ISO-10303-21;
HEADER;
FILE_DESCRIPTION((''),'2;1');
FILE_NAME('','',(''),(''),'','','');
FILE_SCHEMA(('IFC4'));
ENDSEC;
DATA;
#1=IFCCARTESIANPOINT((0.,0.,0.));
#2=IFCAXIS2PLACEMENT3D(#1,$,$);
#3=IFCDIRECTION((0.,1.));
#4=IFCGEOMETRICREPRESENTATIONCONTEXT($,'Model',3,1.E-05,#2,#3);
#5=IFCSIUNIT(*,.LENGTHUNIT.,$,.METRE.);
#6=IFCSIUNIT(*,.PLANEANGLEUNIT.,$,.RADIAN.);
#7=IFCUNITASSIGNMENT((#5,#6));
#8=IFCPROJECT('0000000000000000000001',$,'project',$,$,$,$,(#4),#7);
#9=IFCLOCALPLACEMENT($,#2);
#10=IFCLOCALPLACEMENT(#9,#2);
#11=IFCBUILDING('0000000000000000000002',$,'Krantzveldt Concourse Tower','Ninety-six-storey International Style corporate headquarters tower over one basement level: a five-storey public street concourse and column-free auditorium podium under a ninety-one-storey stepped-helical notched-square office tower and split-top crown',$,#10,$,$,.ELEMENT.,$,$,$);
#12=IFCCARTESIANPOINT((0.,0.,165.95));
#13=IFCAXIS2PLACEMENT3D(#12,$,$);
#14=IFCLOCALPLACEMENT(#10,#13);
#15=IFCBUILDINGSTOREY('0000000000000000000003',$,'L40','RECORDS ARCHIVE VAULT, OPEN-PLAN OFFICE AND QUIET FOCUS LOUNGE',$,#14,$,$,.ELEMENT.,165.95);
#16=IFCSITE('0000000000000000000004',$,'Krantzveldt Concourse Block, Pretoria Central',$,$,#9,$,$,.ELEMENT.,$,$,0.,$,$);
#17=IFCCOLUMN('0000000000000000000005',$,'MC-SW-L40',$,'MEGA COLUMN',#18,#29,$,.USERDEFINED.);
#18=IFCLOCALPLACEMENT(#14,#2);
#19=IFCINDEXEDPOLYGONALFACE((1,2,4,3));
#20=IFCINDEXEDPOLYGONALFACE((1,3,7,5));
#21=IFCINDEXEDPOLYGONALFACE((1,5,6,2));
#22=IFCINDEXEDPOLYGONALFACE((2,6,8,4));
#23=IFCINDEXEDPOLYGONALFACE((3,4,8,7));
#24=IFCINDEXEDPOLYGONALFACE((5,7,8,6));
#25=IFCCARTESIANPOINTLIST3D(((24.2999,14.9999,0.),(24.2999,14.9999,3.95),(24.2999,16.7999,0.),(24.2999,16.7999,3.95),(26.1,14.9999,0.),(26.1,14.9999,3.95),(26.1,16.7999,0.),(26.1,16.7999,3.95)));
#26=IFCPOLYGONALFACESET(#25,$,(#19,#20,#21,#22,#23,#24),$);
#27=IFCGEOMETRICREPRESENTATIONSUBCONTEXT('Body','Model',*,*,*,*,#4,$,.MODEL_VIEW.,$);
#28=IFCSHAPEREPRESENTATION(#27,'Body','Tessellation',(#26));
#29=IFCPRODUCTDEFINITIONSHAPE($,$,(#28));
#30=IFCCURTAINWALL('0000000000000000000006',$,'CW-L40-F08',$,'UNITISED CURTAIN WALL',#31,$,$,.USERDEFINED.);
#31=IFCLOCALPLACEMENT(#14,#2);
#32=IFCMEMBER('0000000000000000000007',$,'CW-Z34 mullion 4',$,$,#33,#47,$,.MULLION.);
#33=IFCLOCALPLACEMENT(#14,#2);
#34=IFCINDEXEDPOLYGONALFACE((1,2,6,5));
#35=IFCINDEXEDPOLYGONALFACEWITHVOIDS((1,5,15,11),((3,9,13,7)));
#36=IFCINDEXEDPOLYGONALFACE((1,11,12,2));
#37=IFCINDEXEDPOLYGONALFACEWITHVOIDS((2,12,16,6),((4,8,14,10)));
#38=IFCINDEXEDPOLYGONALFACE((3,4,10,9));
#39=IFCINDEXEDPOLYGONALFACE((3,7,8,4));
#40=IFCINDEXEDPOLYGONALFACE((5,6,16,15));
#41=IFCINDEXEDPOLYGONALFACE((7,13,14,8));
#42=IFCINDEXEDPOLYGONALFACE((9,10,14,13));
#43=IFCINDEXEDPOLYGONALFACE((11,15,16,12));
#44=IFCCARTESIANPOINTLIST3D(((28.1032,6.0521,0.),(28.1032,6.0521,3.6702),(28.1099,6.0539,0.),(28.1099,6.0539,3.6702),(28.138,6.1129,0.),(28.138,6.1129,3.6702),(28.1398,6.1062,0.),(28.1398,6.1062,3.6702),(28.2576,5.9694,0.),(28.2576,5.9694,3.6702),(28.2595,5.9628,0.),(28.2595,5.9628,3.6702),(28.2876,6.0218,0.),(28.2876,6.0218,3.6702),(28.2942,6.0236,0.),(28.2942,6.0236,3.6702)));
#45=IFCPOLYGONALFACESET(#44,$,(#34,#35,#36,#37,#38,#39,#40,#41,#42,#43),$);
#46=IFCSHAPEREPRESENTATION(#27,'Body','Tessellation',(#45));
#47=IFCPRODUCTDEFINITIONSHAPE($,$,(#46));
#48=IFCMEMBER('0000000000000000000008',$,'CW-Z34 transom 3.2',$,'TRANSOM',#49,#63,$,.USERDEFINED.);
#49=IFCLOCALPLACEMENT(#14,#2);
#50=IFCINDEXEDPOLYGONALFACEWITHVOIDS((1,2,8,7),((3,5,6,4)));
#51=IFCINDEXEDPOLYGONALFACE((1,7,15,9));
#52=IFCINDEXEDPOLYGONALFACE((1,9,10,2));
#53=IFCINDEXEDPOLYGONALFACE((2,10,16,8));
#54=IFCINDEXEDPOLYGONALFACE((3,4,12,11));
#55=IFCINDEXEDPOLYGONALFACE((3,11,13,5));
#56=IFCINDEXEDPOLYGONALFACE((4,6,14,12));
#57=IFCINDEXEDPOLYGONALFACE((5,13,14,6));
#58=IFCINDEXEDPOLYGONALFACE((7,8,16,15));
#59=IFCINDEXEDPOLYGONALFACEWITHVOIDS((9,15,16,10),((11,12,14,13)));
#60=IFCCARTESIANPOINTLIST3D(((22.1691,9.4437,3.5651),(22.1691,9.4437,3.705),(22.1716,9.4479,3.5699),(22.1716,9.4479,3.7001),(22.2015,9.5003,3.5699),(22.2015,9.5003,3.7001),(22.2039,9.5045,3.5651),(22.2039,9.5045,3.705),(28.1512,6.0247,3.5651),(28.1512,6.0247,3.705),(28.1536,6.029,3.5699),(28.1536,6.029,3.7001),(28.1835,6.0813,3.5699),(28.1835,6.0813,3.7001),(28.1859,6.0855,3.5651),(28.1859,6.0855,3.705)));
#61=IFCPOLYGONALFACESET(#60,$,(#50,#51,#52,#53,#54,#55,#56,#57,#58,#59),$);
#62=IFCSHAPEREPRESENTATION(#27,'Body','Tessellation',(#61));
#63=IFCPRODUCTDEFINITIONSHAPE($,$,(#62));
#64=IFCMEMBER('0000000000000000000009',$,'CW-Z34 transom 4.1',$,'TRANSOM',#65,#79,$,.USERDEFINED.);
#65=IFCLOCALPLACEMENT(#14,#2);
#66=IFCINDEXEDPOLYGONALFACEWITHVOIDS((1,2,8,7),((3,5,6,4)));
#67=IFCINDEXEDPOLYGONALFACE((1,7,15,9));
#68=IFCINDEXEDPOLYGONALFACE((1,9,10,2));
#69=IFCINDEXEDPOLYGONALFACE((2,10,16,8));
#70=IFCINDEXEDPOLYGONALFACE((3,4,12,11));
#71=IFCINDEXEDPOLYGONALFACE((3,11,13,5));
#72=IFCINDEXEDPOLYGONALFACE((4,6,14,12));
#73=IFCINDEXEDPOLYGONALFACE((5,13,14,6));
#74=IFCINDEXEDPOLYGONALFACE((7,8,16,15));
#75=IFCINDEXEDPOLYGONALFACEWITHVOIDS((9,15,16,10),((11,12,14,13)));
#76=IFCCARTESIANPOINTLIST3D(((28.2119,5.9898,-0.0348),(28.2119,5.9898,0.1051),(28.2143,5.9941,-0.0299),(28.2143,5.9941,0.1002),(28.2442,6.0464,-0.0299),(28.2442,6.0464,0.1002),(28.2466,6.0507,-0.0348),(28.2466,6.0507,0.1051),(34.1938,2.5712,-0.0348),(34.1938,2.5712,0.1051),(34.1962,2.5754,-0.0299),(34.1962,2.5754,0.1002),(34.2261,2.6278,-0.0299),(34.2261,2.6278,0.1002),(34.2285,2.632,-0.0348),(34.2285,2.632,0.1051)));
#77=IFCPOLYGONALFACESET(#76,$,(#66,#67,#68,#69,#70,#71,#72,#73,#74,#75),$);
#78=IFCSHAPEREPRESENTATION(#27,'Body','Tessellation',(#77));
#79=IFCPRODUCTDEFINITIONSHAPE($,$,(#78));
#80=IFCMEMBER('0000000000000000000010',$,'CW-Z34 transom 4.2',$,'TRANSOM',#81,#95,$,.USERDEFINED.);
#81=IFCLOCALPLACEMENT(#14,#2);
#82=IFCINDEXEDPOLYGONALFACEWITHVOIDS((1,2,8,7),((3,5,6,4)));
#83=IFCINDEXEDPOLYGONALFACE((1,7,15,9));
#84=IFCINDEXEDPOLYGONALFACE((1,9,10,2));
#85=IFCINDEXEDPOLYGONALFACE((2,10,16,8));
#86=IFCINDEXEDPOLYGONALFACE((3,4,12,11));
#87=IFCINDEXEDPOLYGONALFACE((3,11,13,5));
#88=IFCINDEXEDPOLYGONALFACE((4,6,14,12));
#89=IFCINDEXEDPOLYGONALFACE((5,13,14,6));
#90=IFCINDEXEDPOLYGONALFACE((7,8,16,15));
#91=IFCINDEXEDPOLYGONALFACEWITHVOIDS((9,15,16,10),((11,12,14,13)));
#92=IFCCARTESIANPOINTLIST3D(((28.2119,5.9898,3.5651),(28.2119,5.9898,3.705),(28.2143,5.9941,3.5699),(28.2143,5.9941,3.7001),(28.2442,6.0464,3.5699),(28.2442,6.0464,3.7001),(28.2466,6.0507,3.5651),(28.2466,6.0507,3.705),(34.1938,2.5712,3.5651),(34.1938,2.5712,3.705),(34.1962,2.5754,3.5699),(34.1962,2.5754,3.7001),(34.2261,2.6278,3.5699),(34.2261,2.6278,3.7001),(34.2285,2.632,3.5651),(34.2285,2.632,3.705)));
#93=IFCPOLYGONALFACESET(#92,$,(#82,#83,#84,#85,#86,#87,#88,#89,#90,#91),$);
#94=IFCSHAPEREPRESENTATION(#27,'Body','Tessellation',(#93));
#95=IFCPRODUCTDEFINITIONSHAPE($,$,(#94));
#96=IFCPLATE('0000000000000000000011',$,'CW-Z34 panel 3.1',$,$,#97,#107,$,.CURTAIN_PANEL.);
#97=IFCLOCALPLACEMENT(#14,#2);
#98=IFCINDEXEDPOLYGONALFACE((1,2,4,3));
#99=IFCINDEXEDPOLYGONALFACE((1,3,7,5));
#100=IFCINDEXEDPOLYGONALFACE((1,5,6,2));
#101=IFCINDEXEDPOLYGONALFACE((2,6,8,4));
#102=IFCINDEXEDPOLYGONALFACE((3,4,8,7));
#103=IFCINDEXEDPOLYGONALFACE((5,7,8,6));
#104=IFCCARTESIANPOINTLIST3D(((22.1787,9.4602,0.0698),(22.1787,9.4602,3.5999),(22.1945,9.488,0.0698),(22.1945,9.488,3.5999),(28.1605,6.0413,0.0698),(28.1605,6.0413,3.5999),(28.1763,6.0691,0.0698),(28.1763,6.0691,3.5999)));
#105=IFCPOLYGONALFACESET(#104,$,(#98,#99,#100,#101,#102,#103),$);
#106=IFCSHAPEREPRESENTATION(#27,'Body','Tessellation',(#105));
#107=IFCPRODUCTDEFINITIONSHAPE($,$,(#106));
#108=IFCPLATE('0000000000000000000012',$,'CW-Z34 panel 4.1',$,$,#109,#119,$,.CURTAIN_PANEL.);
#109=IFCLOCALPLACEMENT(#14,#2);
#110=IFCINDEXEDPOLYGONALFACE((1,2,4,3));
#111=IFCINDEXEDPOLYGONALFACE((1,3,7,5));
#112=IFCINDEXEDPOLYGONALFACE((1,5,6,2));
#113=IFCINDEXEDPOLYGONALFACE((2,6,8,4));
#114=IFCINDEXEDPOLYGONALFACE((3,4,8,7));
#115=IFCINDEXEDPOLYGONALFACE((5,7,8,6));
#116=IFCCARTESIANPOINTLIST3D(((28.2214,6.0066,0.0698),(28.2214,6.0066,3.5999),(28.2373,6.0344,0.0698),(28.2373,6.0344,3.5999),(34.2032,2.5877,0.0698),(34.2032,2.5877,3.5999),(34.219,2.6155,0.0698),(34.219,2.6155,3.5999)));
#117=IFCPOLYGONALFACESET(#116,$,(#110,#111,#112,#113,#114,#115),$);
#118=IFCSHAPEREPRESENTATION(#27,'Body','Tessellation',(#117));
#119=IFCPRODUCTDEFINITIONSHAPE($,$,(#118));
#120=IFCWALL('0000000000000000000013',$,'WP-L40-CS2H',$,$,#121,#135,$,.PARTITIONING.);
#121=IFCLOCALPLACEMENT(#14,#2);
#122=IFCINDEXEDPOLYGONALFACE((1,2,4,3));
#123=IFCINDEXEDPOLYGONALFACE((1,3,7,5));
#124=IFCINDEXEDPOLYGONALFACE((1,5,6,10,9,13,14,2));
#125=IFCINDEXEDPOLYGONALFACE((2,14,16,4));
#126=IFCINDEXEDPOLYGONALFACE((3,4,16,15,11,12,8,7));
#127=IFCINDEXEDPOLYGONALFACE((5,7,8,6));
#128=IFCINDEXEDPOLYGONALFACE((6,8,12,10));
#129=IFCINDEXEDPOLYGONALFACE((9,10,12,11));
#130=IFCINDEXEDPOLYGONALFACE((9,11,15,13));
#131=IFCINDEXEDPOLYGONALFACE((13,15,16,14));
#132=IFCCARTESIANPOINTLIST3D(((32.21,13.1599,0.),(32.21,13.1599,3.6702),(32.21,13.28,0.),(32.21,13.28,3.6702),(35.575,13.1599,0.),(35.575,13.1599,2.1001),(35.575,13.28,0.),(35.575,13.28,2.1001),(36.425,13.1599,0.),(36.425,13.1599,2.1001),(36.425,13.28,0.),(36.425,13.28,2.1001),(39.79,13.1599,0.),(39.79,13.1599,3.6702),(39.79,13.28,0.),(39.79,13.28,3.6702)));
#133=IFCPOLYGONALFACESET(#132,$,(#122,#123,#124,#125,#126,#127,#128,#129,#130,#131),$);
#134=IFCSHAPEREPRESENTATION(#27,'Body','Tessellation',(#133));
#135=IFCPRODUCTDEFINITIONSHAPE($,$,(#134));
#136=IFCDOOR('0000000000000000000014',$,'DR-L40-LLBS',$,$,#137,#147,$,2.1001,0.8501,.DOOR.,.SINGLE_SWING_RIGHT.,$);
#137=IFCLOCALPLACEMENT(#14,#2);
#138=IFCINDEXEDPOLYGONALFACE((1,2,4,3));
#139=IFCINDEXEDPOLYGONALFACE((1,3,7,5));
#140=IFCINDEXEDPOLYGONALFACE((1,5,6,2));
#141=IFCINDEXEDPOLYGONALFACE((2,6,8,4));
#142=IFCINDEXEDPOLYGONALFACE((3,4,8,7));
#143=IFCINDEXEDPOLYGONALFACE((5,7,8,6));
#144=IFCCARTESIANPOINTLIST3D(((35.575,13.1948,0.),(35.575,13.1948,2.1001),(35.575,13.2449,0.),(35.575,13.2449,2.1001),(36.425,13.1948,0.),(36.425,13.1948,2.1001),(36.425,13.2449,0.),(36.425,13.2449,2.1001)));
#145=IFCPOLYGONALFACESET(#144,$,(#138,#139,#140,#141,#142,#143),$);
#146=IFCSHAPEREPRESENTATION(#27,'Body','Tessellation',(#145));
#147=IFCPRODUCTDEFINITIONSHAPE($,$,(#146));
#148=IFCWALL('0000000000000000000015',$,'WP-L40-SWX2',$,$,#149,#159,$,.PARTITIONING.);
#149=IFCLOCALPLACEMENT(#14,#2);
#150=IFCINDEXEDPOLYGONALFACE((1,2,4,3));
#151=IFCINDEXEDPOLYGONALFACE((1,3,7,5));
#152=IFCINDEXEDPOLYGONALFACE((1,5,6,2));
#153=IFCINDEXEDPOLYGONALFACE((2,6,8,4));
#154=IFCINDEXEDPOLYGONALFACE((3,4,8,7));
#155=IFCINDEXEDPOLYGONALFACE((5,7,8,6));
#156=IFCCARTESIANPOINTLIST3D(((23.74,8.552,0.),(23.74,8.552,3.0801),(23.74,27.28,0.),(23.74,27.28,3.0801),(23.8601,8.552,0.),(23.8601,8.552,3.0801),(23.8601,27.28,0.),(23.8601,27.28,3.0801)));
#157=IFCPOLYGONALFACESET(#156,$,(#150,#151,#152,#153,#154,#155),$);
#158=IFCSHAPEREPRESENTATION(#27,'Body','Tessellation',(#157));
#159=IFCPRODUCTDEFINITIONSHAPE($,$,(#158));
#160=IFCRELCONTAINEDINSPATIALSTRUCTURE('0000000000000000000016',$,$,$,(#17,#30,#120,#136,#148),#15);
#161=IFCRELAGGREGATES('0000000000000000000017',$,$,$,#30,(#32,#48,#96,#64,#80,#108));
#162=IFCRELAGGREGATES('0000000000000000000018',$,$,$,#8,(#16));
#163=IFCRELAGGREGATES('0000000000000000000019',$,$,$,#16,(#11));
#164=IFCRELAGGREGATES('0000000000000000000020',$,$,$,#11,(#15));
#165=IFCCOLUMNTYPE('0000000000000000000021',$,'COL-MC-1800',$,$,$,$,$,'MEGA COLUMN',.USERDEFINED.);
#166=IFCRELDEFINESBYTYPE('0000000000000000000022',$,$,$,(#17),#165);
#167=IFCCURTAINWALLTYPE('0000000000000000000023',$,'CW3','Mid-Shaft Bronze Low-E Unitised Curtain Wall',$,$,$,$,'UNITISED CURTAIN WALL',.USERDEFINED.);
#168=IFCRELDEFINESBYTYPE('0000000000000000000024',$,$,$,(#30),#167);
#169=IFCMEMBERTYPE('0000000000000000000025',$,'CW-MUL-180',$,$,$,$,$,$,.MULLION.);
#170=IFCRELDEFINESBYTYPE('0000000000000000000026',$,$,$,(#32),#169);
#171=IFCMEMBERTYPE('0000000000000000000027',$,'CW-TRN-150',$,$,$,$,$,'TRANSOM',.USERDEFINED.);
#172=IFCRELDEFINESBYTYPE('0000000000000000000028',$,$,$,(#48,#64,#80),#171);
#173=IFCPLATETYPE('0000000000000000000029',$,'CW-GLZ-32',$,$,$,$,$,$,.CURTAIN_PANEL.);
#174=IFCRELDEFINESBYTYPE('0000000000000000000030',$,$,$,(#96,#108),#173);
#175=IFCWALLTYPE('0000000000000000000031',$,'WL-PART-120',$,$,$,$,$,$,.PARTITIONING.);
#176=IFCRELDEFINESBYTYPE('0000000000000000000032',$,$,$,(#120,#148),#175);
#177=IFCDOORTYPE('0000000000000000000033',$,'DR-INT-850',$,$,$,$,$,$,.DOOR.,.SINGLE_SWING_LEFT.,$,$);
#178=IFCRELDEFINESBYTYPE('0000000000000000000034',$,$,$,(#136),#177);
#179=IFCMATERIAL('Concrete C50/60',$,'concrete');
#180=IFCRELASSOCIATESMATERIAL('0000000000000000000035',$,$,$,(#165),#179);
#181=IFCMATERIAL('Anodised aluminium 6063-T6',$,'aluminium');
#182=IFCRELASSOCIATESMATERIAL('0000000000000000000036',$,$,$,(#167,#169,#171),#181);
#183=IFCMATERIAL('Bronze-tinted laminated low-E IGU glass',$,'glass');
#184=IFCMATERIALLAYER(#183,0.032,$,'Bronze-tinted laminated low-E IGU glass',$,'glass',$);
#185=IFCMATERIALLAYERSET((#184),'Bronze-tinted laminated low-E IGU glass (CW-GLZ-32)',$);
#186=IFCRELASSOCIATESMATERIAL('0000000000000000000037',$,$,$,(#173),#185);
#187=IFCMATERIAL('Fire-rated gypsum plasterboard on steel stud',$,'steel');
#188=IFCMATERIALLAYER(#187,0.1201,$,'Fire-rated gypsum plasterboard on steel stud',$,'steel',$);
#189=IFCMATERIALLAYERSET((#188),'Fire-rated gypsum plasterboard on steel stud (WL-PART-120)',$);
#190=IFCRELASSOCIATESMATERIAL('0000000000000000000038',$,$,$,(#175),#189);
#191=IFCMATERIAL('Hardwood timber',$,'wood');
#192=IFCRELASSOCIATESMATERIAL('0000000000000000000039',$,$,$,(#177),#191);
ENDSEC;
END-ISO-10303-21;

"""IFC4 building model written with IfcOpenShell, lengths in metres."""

from ifc_helpers import new_model, si_unit, direction, frame, frame_2d, origin, origin_2d, place, context, subcontext, project, spatial, rectangle, hollow_rectangle, extrude, source, transform, mapped, material, layer, layer_set, material_profile, profile_set, type_object, type_shapes, element, fill, aggregate, save


model = new_model("IFC4")

# Units and contexts
model_context = context("Model", 3, precision=1e-05, world=origin(), true_north=direction((0.0, 1.0)))
body_context = subcontext(model_context, "Body", "Model", "MODEL_VIEW")
ifc_project = project(units=[si_unit("LENGTHUNIT", "METRE"), si_unit("PLANEANGLEUNIT", "RADIAN")], contexts=[model_context])

# Site, building, storey
site_placement = place(None, origin())
site = spatial("IfcSite", under=ifc_project, at=site_placement, Name="Krantzveldt Concourse Block, Pretoria Central", CompositionType="ELEMENT", RefElevation=0.0)
building_placement = place(site_placement, origin())
building = spatial("IfcBuilding", under=site, at=building_placement, Name="Krantzveldt Concourse Tower", Description="Ninety-six-storey International Style corporate headquarters tower over one basement level: a five-storey public street concourse and column-free auditorium podium under a ninety-one-storey stepped-helical notched-square office tower and split-top crown", CompositionType="ELEMENT")
storey_placement = place(building_placement, frame((0.0, 0.0, 165.95)))
storey = spatial("IfcBuildingStorey", under=building, at=storey_placement, Name="L40", Description="RECORDS ARCHIVE VAULT, OPEN-PLAN OFFICE AND QUIET FOCUS LOUNGE", CompositionType="ELEMENT", Elevation=165.95)

# Column
ifc_material_1 = material(Name="Concrete C50/60", Category="concrete")
ifc_material_profile_1 = material_profile(ifc_material_1, rectangle(XDim=1.8, YDim=1.8, at=origin_2d()), Name="Concrete C50/60", Category="concrete")
ifc_profile_set_1 = profile_set([ifc_material_profile_1], Name="Concrete C50/60 - RC 1800x1800")
column_type = type_object("IfcColumnType", Name="COL-MC-1800", ElementType="MEGA COLUMN", PredefinedType="USERDEFINED", material=ifc_profile_set_1)
shared_shape_1 = source(origin(), body_context, "Body", "SweptSolid", [
    extrude(rectangle(XDim=1.8, YDim=1.8, at=origin_2d()), origin(), (0.0, 0.0, 1.0), 3.95),
])
type_shapes(column_type, [shared_shape_1])
column_placement = place(storey_placement, frame((25.2, 15.8999, 0.0), z_axis=(0.0, 0.0, 1.0), x_axis=(1.0, 0.0, 0.0)))
element("IfcColumn", 1, at=column_placement, inside=storey, type_object=column_type, Name="MC-SW-L40", ObjectType="MEGA COLUMN", PredefinedType="USERDEFINED", context=body_context, shape_type="MappedRepresentation", body=[
    mapped(shared_shape_1, transform((0.0, 0.0, 0.0), x_axis=(1.0, 0.0, 0.0), y_axis=(0.0, 1.0, 0.0), z_axis=(0.0, 0.0, 1.0), scale=1.0)),
])

# Curtain wall, members, plates
ifc_material_2 = material(Name="Anodised aluminium 6063-T6", Category="aluminium")
curtain_wall_type = type_object("IfcCurtainWallType", Name="CW3", Description="Mid-Shaft Bronze Low-E Unitised Curtain Wall", ElementType="UNITISED CURTAIN WALL", PredefinedType="USERDEFINED", material=ifc_material_2)
curtain_wall_placement = place(storey_placement, origin())
curtain_wall = element("IfcCurtainWall", 2, at=curtain_wall_placement, inside=storey, type_object=curtain_wall_type, Name="CW-L40-F08", ObjectType="UNITISED CURTAIN WALL", PredefinedType="USERDEFINED")
ifc_material_profile_2 = material_profile(ifc_material_2, hollow_rectangle(XDim=0.0701, YDim=0.1799, WallThickness=0.0049, at=origin_2d()), Name="Anodised aluminium 6063-T6", Category="aluminium")
ifc_profile_set_2 = profile_set([ifc_material_profile_2], Name="Anodised aluminium 6063-T6 - ALU-MULL 180x70x5")
member_type_1 = type_object("IfcMemberType", Name="CW-MUL-180", PredefinedType="MULLION", material=ifc_profile_set_2)
shared_shape_2 = source(origin(), body_context, "Body", "SweptSolid", [
    extrude(hollow_rectangle(XDim=0.0701, YDim=0.1799, WallThickness=0.0049, at=origin_2d()), origin(), (0.0, 0.0, 1.0), 3.6702),
])
type_shapes(member_type_1, [shared_shape_2])
member_1_placement = place(storey_placement, frame((28.1987, 6.0378, 0.0), z_axis=(0.0, 0.0, 1.0), x_axis=(0.496216, 0.868199, 0.0)))
member_1 = element("IfcMember", 3, at=member_1_placement, type_object=member_type_1, Name="CW-Z34 mullion 4", PredefinedType="MULLION", context=body_context, shape_type="MappedRepresentation", body=[
    mapped(shared_shape_2, transform((0.0, 0.0, 0.0), x_axis=(1.0, 0.0, 0.0), y_axis=(0.0, 1.0, 0.0), z_axis=(0.0, 0.0, 1.0), scale=1.0)),
])
ifc_material_profile_3 = material_profile(ifc_material_2, hollow_rectangle(XDim=0.0701, YDim=0.1399, WallThickness=0.0049, at=origin_2d()), Name="Anodised aluminium 6063-T6", Category="aluminium")
ifc_profile_set_3 = profile_set([ifc_material_profile_3], Name="Anodised aluminium 6063-T6 - ALU-TRAN 140x70x5")
member_type_2 = type_object("IfcMemberType", Name="CW-TRN-150", ElementType="TRANSOM", PredefinedType="USERDEFINED", material=ifc_profile_set_3)
shared_shape_3 = source(origin(), body_context, "Body", "SweptSolid", [
    extrude(hollow_rectangle(XDim=0.0701, YDim=0.1399, WallThickness=0.0049, at=origin_2d()), origin(), (0.0, 0.0, 1.0), 6.8901),
])
member_2_placement = place(storey_placement, frame((22.1865, 9.4741, 3.635), z_axis=(0.8682, -0.496215, 0.0), x_axis=(0.496215, 0.8682, 0.0)))
member_2 = element("IfcMember", 4, at=member_2_placement, type_object=member_type_2, Name="CW-Z34 transom 3.2", ObjectType="TRANSOM", PredefinedType="USERDEFINED", context=body_context, shape_type="MappedRepresentation", body=[
    mapped(shared_shape_3, transform((0.0, 0.0, 0.0), x_axis=(1.0, 0.0, 0.0), y_axis=(0.0, 1.0, 0.0), z_axis=(0.0, 0.0, 1.0), scale=1.0)),
])
shared_shape_4 = source(origin(), body_context, "Body", "SweptSolid", [
    extrude(hollow_rectangle(XDim=0.0701, YDim=0.1399, WallThickness=0.0049, at=origin_2d()), origin(), (0.0, 0.0, 1.0), 6.8899),
])
type_shapes(member_type_2, [shared_shape_3, shared_shape_4])
member_3_placement = place(storey_placement, frame((28.2292, 6.0203, 0.0352), z_axis=(0.868215, -0.496189, 0.0), x_axis=(0.496189, 0.868215, 0.0)))
member_3 = element("IfcMember", 5, at=member_3_placement, type_object=member_type_2, Name="CW-Z34 transom 4.1", ObjectType="TRANSOM", PredefinedType="USERDEFINED", context=body_context, shape_type="MappedRepresentation", body=[
    mapped(shared_shape_4, transform((0.0, 0.0, 0.0), x_axis=(1.0, 0.0, 0.0), y_axis=(0.0, 1.0, 0.0), z_axis=(0.0, 0.0, 1.0), scale=1.0)),
])
member_4_placement = place(storey_placement, frame((28.2292, 6.0203, 3.635), z_axis=(0.868215, -0.496189, 0.0), x_axis=(0.496189, 0.868215, 0.0)))
member_4 = element("IfcMember", 6, at=member_4_placement, type_object=member_type_2, Name="CW-Z34 transom 4.2", ObjectType="TRANSOM", PredefinedType="USERDEFINED", context=body_context, shape_type="MappedRepresentation", body=[
    mapped(shared_shape_4, transform((0.0, 0.0, 0.0), x_axis=(1.0, 0.0, 0.0), y_axis=(0.0, 1.0, 0.0), z_axis=(0.0, 0.0, 1.0), scale=1.0)),
])
ifc_material_3 = material(Name="Bronze-tinted laminated low-E IGU glass", Category="glass")
ifc_layer_1 = layer(ifc_material_3, 0.032, Name="Bronze-tinted laminated low-E IGU glass", Category="glass")
ifc_layer_set_1 = layer_set([ifc_layer_1], Name="Bronze-tinted laminated low-E IGU glass (CW-GLZ-32)")
plate_type = type_object("IfcPlateType", Name="CW-GLZ-32", PredefinedType="CURTAIN_PANEL", material=ifc_layer_set_1)
shared_shape_5 = source(origin(), body_context, "Body", "SweptSolid", [
    extrude(rectangle(XDim=6.8899, YDim=0.032, at=origin_2d()), origin(), (0.0, 0.0, 1.0), 3.53),
])
type_shapes(plate_type, [shared_shape_5])
plate_1_placement = place(storey_placement, frame((25.1775, 7.7646, 0.0698), z_axis=(0.0, 0.0, 1.0), x_axis=(0.868199, -0.496216, 0.0)))
plate_1 = element("IfcPlate", 7, at=plate_1_placement, type_object=plate_type, Name="CW-Z34 panel 3.1", PredefinedType="CURTAIN_PANEL", context=body_context, shape_type="MappedRepresentation", body=[
    mapped(shared_shape_5, transform((0.0, 0.0, 0.0), x_axis=(1.0, 0.0, 0.0), y_axis=(0.0, 1.0, 0.0), z_axis=(0.0, 0.0, 1.0), scale=1.0)),
])
plate_2_placement = place(storey_placement, frame((31.2202, 4.311, 0.0698), z_axis=(0.0, 0.0, 1.0), x_axis=(0.868199, -0.496216, 0.0)))
plate_2 = element("IfcPlate", 8, at=plate_2_placement, type_object=plate_type, Name="CW-Z34 panel 4.1", PredefinedType="CURTAIN_PANEL", context=body_context, shape_type="MappedRepresentation", body=[
    mapped(shared_shape_5, transform((0.0, 0.0, 0.0), x_axis=(1.0, 0.0, 0.0), y_axis=(0.0, 1.0, 0.0), z_axis=(0.0, 0.0, 1.0), scale=1.0)),
])
aggregate(curtain_wall, [member_1, member_2, plate_1, member_3, member_4, plate_2])

# Wall, opening, door
ifc_material_4 = material(Name="Fire-rated gypsum plasterboard on steel stud", Category="steel")
ifc_layer_2 = layer(ifc_material_4, 0.1201, Name="Fire-rated gypsum plasterboard on steel stud", Category="steel")
ifc_layer_set_2 = layer_set([ifc_layer_2], Name="Fire-rated gypsum plasterboard on steel stud (WL-PART-120)")
wall_type_1 = type_object("IfcWallType", Name="WL-PART-120", PredefinedType="PARTITIONING", material=ifc_layer_set_2)
wall_1_placement = place(storey_placement, frame((32.21, 13.22, 0.0), z_axis=(0.0, 0.0, 1.0), x_axis=(1.0, 0.0, 0.0)))
wall_1 = element("IfcWall", 9, at=wall_1_placement, inside=storey, type_object=wall_type_1, Name="WP-L40-CS2H", PredefinedType="PARTITIONING", context=body_context, shape_type="SweptSolid", body=[
    extrude(rectangle(XDim=7.5801, YDim=0.1201, at=frame_2d((3.79, 0.0))), origin(), (0.0, 0.0, 1.0), 3.6702),
])
opening_1_placement = place(wall_1_placement, frame((3.365, 0.0, 0.0)))
opening_1 = element("IfcOpeningElement", 10, at=opening_1_placement, cuts=wall_1, PredefinedType="OPENING", context=body_context, shape_type="SweptSolid", body=[
    extrude(rectangle(XDim=0.8501, YDim=2.1001, at=frame_2d((0.425, 1.05))), frame((0.0, 0.0701, 0.0), z_axis=(0.0, -1.0, 0.0), x_axis=(1.0, 0.0, 0.0)), (0.0, 0.0, 1.0), 0.1401),
])
ifc_material_5 = material(Name="Hardwood timber", Category="wood")
door_type_1 = type_object("IfcDoorType", Name="DR-INT-850", OperationType="SINGLE_SWING_LEFT", PredefinedType="DOOR", material=ifc_material_5)
door_1_placement = place(opening_1_placement, origin())
door_1 = element("IfcDoor", 11, at=door_1_placement, inside=storey, type_object=door_type_1, Name="DR-L40-LLBS", OperationType="SINGLE_SWING_RIGHT", OverallHeight=2.1001, OverallWidth=0.8501, PredefinedType="DOOR", context=body_context, shape_type="SweptSolid", body=[
    extrude(rectangle(XDim=0.8501, YDim=2.1001, at=frame_2d((0.425, 1.05))), frame((0.0, 0.0249, 0.0), z_axis=(0.0, -1.0, 0.0), x_axis=(1.0, 0.0, 0.0)), (0.0, 0.0, 1.0), 0.05),
])
fill(opening_1, door_1)

# Wall
wall_2_placement = place(storey_placement, frame((23.8, 8.552, 0.0), z_axis=(0.0, 0.0, 1.0), x_axis=(0.0, 1.0, 0.0)))
element("IfcWall", 12, at=wall_2_placement, inside=storey, type_object=wall_type_1, Name="WP-L40-SWX2", PredefinedType="PARTITIONING", context=body_context, shape_type="SweptSolid", body=[
    extrude(rectangle(XDim=18.728, YDim=0.1201, at=frame_2d((9.364, 0.0))), origin(), (0.0, 0.0, 1.0), 3.0801),
])

save(model, "model.ifc")
